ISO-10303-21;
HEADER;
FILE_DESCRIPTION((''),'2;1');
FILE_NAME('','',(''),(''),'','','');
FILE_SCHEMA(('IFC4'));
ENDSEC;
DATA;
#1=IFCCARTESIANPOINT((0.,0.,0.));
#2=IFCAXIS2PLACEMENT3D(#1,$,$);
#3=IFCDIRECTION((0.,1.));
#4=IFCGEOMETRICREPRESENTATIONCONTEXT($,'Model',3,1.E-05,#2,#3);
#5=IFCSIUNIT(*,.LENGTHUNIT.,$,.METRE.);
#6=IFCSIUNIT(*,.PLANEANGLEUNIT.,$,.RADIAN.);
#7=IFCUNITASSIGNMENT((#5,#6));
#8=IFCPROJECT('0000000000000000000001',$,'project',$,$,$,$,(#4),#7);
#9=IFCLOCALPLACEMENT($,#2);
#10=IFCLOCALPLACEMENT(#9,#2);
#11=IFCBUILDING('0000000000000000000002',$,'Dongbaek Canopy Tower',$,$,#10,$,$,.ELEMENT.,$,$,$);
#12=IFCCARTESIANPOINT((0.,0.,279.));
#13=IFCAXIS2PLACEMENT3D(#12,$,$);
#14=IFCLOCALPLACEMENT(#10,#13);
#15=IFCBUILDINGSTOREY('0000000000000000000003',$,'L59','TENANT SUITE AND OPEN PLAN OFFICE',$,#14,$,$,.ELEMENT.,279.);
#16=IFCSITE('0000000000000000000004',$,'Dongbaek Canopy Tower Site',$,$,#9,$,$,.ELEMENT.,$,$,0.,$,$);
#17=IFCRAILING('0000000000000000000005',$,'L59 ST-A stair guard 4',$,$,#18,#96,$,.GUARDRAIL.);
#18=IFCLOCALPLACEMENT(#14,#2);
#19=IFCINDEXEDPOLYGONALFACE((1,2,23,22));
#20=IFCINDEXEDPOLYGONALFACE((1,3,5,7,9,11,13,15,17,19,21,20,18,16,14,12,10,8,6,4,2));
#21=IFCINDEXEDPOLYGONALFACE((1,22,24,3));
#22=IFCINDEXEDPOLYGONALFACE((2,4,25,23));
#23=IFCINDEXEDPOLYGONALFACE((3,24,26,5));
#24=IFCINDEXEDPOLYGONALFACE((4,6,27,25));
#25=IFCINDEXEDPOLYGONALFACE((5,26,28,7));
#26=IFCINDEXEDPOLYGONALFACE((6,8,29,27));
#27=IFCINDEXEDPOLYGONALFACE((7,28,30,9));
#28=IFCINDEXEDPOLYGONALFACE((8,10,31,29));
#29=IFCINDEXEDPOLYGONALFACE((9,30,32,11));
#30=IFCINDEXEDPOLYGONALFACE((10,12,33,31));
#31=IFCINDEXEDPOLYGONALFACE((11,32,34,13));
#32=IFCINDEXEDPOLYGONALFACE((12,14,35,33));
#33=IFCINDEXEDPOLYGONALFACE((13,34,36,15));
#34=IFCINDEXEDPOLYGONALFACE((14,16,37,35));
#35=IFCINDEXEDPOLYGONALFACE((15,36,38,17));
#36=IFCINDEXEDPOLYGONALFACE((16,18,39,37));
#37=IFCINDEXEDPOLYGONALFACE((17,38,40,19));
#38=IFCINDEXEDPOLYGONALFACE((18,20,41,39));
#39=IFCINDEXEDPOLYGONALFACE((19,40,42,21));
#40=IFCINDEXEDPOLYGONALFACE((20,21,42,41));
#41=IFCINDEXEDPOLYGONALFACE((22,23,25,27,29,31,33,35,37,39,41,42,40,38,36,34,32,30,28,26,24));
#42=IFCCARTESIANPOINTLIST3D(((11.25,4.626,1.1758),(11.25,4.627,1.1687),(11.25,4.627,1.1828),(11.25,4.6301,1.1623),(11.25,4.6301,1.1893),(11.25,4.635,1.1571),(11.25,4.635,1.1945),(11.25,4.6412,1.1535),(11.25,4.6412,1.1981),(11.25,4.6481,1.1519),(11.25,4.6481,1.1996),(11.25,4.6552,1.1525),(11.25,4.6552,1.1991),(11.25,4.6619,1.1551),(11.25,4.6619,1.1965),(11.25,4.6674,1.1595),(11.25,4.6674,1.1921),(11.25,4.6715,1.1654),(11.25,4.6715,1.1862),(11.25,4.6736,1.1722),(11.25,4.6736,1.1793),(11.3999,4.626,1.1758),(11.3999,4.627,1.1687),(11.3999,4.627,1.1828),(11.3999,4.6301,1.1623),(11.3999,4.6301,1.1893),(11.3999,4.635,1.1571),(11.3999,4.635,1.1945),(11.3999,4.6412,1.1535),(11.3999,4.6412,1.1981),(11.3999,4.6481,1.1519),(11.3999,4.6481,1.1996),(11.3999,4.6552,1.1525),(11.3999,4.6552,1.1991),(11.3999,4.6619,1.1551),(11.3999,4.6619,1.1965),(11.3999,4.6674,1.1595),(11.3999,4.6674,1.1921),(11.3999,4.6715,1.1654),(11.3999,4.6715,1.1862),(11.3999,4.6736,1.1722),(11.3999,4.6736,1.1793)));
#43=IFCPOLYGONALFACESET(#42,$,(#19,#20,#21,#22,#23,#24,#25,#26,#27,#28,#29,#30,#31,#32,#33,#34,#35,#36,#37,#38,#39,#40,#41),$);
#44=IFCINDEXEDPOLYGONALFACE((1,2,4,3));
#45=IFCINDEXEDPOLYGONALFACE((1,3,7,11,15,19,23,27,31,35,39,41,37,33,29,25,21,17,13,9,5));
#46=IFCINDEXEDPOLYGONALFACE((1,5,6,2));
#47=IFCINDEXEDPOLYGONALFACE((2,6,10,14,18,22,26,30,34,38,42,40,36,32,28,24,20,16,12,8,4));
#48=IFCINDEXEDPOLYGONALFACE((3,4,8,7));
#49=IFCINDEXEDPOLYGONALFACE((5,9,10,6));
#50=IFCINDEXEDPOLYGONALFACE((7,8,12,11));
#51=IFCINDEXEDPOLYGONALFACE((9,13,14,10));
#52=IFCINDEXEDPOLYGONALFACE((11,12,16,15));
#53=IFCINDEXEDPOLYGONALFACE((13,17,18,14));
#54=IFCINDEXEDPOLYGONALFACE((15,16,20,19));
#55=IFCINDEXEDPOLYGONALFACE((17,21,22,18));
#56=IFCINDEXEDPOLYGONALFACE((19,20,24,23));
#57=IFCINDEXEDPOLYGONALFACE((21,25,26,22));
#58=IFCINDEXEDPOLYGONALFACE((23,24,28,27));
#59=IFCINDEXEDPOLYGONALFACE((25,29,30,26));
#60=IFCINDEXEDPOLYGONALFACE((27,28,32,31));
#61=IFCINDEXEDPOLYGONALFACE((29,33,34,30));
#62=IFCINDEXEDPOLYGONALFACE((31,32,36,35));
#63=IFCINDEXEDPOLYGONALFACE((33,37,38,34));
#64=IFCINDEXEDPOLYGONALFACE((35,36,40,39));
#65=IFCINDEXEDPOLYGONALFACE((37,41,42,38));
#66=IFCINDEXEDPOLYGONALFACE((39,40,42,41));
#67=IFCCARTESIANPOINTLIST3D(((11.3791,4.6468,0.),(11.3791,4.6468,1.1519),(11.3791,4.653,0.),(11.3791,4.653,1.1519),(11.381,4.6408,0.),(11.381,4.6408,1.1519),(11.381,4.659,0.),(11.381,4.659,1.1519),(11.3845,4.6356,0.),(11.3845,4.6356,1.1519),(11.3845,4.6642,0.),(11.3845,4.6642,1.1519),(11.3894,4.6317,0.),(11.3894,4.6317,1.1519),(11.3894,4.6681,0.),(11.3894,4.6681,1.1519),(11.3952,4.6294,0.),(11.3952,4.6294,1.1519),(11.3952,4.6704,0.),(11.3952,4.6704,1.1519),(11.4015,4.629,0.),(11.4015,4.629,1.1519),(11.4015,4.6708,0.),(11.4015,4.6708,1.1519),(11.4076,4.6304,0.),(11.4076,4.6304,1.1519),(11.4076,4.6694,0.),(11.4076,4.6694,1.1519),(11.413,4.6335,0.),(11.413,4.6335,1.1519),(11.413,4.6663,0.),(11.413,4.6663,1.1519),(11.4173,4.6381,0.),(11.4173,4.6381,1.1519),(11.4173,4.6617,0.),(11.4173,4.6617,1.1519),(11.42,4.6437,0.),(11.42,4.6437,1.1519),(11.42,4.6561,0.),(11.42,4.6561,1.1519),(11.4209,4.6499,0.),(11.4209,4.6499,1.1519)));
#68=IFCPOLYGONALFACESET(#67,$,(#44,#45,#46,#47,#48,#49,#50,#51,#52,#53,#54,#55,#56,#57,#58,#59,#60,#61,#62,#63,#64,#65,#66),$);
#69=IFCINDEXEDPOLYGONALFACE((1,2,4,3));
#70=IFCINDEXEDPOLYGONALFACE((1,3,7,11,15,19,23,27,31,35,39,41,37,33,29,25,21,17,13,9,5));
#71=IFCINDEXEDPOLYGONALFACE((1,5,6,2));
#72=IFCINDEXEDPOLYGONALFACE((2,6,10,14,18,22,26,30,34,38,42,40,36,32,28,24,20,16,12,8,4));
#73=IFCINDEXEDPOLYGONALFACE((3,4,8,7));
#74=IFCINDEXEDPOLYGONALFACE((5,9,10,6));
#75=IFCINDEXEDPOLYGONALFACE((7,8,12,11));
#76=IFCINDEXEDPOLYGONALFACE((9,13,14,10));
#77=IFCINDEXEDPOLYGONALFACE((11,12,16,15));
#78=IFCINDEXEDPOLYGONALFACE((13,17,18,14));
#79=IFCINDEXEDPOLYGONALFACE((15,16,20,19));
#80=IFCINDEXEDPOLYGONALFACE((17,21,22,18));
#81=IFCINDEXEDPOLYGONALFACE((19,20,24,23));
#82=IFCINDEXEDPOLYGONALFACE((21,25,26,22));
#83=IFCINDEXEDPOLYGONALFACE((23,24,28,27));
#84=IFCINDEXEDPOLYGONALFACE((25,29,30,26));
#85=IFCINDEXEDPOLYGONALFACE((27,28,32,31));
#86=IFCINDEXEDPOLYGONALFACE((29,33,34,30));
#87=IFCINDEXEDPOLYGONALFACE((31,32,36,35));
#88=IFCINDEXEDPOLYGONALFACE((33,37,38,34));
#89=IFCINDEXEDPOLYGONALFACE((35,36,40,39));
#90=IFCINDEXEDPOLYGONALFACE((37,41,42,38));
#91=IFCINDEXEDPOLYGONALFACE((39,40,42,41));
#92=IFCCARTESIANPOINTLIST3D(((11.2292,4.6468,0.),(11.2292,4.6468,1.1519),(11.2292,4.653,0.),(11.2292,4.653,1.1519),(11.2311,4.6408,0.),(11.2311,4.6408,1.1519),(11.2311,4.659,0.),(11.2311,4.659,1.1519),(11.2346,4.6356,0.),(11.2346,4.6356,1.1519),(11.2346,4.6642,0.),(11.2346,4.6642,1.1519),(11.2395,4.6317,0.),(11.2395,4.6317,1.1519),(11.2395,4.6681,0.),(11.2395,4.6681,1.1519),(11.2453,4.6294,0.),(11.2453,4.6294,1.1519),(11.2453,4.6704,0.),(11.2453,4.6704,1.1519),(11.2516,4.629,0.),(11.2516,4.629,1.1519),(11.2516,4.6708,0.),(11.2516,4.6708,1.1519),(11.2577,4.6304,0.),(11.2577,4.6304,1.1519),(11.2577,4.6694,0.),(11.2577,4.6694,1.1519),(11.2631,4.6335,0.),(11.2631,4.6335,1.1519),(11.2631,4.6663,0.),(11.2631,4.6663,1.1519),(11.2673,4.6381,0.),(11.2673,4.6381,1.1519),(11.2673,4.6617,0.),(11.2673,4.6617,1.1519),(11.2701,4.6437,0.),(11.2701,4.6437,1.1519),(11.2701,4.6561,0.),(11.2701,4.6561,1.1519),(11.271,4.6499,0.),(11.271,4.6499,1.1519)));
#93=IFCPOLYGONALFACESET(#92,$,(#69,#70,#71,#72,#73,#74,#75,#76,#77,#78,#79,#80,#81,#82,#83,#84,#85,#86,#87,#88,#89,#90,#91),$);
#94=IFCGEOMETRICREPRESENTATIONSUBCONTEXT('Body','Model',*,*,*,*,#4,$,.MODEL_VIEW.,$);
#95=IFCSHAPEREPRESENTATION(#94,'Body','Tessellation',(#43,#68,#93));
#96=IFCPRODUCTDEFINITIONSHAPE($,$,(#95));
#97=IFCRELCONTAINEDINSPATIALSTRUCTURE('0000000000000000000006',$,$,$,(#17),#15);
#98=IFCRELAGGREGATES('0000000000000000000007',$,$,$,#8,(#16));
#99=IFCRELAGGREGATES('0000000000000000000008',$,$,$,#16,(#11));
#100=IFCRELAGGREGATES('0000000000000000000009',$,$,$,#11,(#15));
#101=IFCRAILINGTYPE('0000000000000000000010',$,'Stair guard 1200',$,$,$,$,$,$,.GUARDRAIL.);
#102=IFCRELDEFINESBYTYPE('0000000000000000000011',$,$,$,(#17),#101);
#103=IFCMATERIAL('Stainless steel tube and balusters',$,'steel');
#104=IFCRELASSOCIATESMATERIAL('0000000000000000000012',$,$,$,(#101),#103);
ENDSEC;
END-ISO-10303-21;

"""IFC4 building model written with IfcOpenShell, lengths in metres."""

from ifc_helpers import new_model, si_unit, direction, frame, origin, origin_2d, place, context, subcontext, project, spatial, circle, extrude, material, type_object, element, save


model = new_model("IFC4")

# Units and contexts
model_context = context("Model", 3, precision=1e-05, world=origin(), true_north=direction((0.0, 1.0)))
body_context = subcontext(model_context, "Body", "Model", "MODEL_VIEW")
ifc_project = project(units=[si_unit("LENGTHUNIT", "METRE"), si_unit("PLANEANGLEUNIT", "RADIAN")], contexts=[model_context])

# Site, building, storey
site_placement = place(None, origin())
site = spatial("IfcSite", under=ifc_project, at=site_placement, Name="Dongbaek Canopy Tower Site", CompositionType="ELEMENT", RefElevation=0.0)
building_placement = place(site_placement, origin())
building = spatial("IfcBuilding", under=site, at=building_placement, Name="Dongbaek Canopy Tower", CompositionType="ELEMENT")
storey_placement = place(building_placement, frame((0.0, 0.0, 279.0)))
storey = spatial("IfcBuildingStorey", under=building, at=storey_placement, Name="L59", Description="TENANT SUITE AND OPEN PLAN OFFICE", CompositionType="ELEMENT", Elevation=279.0)

# Railing
ifc_material_1 = material(Name="Stainless steel tube and balusters", Category="steel")
railing_type_1 = type_object("IfcRailingType", Name="Stair guard 1200", PredefinedType="GUARDRAIL", material=ifc_material_1)
railing_1_placement = place(storey_placement, frame((11.3999, 4.6499, 0.0)))
element("IfcRailing", 1, at=railing_1_placement, inside=storey, type_object=railing_type_1, Name="L59 ST-A stair guard 4", PredefinedType="GUARDRAIL", context=body_context, shape_type="SweptSolid", body=[
    extrude(circle(Radius=0.0239, at=origin_2d()), frame((0.0, 0.0, 1.1758), z_axis=(-1.0, 0.0, 0.0), x_axis=(0.0, -1.0, 0.0)), (0.0, 0.0, 1.0), 0.1499),
    extrude(circle(Radius=0.021, at=origin_2d()), origin(), (0.0, 0.0, 1.0), 1.1519),
    extrude(circle(Radius=0.021, at=origin_2d()), frame((-0.1499, 0.0, 0.0)), (0.0, 0.0, 1.0), 1.1519),
])

save(model, "model.ifc")
